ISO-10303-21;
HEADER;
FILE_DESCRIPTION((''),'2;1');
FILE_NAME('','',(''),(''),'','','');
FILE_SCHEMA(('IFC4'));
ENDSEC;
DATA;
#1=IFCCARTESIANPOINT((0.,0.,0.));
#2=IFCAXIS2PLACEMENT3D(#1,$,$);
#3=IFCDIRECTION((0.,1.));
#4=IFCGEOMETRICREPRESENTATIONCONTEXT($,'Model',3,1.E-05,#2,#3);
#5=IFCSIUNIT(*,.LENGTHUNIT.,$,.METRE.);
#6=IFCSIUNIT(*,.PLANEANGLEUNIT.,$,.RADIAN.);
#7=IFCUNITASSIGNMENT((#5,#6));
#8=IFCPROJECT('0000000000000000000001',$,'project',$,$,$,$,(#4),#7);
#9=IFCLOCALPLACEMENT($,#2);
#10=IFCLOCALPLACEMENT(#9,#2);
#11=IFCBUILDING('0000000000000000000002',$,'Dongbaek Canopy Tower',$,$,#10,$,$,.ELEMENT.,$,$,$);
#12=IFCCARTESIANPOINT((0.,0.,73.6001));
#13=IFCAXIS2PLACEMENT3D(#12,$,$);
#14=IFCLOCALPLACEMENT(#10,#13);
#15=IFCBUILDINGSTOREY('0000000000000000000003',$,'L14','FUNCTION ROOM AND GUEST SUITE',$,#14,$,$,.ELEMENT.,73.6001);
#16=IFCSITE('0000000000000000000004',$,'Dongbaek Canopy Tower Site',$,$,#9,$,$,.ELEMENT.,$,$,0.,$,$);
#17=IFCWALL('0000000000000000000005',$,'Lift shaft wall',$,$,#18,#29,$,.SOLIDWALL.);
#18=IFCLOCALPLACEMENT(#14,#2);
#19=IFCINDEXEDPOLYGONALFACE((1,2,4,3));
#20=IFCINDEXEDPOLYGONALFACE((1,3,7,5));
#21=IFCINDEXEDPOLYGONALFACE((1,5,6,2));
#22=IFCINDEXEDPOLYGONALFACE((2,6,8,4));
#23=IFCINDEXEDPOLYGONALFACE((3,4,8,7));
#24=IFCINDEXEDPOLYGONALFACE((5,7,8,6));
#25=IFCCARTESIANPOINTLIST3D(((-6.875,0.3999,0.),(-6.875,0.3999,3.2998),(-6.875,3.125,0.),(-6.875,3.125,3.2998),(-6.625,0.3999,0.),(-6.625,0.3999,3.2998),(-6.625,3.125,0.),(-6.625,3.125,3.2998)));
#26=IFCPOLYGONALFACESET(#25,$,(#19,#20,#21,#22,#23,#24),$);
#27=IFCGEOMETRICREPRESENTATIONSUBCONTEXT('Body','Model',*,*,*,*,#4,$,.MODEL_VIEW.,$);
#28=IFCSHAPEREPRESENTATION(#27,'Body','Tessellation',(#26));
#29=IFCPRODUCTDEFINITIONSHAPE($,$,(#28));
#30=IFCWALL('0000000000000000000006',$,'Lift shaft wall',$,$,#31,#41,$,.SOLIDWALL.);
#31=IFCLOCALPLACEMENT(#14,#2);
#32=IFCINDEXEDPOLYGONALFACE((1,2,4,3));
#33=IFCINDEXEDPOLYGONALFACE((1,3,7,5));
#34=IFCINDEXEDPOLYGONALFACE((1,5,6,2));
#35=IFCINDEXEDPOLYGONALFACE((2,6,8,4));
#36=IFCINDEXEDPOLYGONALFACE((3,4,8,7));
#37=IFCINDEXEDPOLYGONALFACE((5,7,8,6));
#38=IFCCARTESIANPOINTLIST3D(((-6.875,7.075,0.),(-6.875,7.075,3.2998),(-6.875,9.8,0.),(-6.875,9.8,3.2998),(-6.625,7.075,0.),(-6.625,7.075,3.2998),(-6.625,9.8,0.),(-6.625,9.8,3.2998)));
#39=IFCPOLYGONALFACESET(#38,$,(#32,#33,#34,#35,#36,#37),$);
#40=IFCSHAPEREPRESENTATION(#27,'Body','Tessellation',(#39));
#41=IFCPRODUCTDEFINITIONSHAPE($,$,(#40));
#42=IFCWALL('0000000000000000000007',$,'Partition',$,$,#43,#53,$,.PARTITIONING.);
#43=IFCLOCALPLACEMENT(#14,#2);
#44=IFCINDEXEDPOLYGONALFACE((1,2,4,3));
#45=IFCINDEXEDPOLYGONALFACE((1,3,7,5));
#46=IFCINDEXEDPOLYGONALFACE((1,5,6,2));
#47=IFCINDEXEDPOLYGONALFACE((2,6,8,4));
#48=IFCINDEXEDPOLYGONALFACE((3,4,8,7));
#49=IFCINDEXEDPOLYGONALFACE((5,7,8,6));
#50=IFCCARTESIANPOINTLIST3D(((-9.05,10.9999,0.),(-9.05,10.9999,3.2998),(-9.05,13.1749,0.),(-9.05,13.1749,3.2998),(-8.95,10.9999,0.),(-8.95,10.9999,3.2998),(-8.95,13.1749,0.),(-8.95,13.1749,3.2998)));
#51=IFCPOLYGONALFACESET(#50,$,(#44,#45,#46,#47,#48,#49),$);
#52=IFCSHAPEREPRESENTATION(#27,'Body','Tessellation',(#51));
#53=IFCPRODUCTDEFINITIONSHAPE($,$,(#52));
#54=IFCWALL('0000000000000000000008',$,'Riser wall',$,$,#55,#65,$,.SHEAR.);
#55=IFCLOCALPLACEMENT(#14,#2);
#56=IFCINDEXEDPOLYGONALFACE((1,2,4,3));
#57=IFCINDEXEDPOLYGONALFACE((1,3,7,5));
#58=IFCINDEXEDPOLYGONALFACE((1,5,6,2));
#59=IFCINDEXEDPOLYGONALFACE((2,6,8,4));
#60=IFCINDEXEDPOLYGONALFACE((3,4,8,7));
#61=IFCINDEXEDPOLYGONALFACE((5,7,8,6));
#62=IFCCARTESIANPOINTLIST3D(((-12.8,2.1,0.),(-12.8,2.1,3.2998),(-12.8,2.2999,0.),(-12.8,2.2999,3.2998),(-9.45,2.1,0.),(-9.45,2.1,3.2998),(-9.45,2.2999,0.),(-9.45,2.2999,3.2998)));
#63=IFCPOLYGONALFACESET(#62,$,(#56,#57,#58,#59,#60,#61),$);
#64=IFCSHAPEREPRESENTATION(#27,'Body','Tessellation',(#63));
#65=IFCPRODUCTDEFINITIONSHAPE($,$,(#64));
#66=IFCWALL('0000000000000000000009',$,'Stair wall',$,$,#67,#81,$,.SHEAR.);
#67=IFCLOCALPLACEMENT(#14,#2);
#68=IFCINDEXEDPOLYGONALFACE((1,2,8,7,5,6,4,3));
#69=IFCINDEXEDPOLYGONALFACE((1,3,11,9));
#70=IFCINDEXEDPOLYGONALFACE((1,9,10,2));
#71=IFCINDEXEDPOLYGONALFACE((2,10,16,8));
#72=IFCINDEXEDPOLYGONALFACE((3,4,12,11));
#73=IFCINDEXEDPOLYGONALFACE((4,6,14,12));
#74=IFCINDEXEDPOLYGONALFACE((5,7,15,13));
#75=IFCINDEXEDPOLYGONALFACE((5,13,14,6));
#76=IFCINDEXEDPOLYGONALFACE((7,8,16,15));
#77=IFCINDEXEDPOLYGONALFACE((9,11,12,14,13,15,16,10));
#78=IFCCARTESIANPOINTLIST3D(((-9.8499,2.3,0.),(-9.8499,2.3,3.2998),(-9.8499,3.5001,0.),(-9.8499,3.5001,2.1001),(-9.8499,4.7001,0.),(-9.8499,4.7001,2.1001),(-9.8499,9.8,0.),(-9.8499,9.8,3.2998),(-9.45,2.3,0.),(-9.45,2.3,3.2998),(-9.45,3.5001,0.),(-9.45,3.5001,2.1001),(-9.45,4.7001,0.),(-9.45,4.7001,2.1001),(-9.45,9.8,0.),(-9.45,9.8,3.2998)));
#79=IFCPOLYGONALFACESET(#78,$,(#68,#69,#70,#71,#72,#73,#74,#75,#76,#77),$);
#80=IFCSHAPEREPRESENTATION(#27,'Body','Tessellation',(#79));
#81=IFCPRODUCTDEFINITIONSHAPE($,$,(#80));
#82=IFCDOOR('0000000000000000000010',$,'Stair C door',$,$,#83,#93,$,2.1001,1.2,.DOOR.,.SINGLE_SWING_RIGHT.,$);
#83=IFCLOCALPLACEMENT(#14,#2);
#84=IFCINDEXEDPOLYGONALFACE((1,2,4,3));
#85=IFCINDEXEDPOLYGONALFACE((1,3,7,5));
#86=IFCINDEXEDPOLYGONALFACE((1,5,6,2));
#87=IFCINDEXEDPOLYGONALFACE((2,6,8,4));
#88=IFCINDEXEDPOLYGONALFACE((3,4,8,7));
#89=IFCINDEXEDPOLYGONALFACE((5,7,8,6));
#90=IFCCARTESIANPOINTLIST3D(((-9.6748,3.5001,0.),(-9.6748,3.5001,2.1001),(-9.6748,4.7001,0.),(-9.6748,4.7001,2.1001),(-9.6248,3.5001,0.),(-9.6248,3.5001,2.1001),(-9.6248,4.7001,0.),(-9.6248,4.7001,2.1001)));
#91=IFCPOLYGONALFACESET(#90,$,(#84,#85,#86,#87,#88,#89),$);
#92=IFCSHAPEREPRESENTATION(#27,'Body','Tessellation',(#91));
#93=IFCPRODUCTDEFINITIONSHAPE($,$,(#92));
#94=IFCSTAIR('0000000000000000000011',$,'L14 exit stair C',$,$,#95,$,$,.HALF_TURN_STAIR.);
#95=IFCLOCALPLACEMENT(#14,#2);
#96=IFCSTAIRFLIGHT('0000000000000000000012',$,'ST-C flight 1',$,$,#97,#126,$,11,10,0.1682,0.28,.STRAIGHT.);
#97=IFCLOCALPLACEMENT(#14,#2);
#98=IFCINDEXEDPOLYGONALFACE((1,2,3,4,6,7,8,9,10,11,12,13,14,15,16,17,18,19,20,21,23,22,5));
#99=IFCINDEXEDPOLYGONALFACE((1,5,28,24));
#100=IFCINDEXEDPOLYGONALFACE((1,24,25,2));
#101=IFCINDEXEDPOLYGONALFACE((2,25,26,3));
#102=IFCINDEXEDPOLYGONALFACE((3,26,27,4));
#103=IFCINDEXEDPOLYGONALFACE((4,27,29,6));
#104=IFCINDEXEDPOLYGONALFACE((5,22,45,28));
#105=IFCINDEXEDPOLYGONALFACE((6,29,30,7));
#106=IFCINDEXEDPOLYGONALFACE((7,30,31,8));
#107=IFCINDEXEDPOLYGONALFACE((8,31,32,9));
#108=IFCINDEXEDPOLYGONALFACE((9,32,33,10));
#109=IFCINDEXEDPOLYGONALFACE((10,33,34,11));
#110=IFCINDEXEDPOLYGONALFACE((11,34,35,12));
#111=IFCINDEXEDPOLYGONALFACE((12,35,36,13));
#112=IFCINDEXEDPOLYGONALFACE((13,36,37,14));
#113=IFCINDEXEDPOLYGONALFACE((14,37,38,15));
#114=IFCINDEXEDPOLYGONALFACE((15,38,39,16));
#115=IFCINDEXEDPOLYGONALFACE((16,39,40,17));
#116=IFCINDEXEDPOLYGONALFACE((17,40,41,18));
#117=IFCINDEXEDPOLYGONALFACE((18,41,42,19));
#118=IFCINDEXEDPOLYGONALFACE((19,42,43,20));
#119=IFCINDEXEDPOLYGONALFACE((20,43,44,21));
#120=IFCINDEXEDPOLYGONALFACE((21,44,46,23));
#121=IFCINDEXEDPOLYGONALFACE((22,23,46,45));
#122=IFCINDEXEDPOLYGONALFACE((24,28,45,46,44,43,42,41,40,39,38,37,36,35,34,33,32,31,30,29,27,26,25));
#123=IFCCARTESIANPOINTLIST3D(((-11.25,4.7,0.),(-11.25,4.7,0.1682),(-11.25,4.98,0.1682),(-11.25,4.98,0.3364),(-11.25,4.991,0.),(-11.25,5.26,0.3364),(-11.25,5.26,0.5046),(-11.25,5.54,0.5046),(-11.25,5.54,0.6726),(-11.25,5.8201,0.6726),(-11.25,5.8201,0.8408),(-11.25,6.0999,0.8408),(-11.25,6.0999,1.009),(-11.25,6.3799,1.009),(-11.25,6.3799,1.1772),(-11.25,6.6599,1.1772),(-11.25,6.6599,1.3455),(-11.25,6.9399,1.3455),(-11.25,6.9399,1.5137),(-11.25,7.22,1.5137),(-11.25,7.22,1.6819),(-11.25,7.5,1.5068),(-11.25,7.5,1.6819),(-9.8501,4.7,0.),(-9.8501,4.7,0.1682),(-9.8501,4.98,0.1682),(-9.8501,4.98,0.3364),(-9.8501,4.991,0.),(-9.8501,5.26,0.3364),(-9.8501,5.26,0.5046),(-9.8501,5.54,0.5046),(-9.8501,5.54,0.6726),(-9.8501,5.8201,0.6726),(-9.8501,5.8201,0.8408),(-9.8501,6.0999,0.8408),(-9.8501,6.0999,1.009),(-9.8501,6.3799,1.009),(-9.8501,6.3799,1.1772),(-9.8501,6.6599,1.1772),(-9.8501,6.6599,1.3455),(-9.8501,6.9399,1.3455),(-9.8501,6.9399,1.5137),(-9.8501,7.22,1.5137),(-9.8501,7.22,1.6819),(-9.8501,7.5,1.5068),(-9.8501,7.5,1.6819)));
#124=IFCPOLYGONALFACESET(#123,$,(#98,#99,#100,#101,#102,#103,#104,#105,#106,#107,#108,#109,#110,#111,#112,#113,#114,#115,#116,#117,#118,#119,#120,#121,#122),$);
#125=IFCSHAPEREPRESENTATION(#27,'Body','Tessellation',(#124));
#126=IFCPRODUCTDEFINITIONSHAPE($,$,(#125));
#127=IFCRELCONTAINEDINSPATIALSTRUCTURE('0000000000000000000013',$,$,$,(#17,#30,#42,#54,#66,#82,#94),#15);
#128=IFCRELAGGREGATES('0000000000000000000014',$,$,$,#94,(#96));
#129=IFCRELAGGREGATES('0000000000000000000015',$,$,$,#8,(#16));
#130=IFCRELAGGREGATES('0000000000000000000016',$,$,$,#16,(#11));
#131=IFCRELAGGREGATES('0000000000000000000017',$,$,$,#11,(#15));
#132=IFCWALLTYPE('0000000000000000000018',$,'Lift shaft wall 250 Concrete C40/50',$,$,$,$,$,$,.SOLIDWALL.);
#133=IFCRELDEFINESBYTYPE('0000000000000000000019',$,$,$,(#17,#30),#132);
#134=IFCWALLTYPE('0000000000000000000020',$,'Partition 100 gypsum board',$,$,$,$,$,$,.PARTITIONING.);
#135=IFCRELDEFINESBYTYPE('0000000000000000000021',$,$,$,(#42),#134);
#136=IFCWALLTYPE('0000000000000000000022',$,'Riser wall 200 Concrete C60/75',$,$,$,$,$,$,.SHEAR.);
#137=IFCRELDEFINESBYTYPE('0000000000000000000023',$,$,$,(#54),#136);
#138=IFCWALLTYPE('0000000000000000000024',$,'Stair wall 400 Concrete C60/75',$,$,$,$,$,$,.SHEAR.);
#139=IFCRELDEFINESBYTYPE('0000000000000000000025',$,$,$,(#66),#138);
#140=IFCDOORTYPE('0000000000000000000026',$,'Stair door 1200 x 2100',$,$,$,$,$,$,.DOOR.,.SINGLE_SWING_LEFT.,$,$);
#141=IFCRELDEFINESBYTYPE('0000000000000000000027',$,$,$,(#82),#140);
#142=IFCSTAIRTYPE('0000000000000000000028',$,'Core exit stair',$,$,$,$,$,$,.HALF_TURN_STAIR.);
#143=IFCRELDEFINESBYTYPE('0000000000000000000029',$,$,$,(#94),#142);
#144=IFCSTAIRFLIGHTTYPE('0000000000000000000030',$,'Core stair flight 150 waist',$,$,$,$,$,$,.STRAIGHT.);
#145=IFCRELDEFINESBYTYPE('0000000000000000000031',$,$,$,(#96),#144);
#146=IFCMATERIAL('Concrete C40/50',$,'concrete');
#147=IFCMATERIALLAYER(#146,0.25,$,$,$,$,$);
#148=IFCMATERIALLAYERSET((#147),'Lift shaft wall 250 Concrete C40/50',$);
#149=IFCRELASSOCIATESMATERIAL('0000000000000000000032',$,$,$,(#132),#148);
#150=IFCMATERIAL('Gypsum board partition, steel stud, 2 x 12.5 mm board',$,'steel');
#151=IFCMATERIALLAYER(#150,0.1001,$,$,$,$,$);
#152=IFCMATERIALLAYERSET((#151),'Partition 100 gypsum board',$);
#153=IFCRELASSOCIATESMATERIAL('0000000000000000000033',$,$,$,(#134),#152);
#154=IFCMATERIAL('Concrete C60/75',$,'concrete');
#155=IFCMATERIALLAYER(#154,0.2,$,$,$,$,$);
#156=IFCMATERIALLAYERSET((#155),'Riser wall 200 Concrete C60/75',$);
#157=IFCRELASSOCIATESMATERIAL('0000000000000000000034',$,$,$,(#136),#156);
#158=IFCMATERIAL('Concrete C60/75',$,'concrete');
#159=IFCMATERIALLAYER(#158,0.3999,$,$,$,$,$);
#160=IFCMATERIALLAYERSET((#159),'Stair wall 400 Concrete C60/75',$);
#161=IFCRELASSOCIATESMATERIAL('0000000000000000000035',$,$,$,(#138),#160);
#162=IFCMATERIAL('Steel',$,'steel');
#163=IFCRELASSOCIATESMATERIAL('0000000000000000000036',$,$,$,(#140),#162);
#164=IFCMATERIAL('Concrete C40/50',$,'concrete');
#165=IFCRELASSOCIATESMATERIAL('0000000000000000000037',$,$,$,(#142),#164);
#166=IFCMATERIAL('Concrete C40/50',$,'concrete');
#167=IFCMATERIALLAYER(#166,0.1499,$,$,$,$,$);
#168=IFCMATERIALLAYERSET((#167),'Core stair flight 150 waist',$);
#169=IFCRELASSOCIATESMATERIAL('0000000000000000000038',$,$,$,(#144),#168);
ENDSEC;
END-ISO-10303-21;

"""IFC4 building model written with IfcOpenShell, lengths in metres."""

from ifc_helpers import new_model, si_unit, direction, frame, frame_2d, origin, place, context, subcontext, project, spatial, polyline, rectangle, outline, extrude, material, layer, layer_set, type_object, element, fill, aggregate, save


model = new_model("IFC4")

# Units and contexts
model_context = context("Model", 3, precision=1e-05, world=origin(), true_north=direction((0.0, 1.0)))
body_context = subcontext(model_context, "Body", "Model", "MODEL_VIEW")
ifc_project = project(units=[si_unit("LENGTHUNIT", "METRE"), si_unit("PLANEANGLEUNIT", "RADIAN")], contexts=[model_context])

# Site, building, storey
site_placement = place(None, origin())
site = spatial("IfcSite", under=ifc_project, at=site_placement, Name="Dongbaek Canopy Tower Site", CompositionType="ELEMENT", RefElevation=0.0)
building_placement = place(site_placement, origin())
building = spatial("IfcBuilding", under=site, at=building_placement, Name="Dongbaek Canopy Tower", CompositionType="ELEMENT")
storey_placement = place(building_placement, frame((0.0, 0.0, 73.6001)))
storey = spatial("IfcBuildingStorey", under=building, at=storey_placement, Name="L14", Description="FUNCTION ROOM AND GUEST SUITE", CompositionType="ELEMENT", Elevation=73.6001)

# Walls
ifc_material_1 = material(Name="Concrete C40/50", Category="concrete")
ifc_layer_1 = layer(ifc_material_1, 0.25)
ifc_layer_set_1 = layer_set([ifc_layer_1], Name="Lift shaft wall 250 Concrete C40/50")
wall_type_1 = type_object("IfcWallType", Name="Lift shaft wall 250 Concrete C40/50", PredefinedType="SOLIDWALL", material=ifc_layer_set_1)
for number, where, z_axis, x_axis, name in (
    (1, (-6.75, 0.3999, 0.0), (0.0, 0.0, 1.0), (0.0, 1.0, 0.0), "Lift shaft wall"),
    (2, (-6.75, 7.075, 0.0), (0.0, 0.0, 1.0), (0.0, 1.0, 0.0), "Lift shaft wall"),
):
    element("IfcWall", number, at=place(storey_placement, frame(where, z_axis=z_axis, x_axis=x_axis)), inside=storey, type_object=wall_type_1, Name=name, PredefinedType="SOLIDWALL", context=body_context, shape_type="SweptSolid", body=[
        extrude(rectangle(XDim=2.7251, YDim=0.25, at=frame_2d((1.3625, 0.0))), origin(), (0.0, 0.0, 1.0), 3.2998),
    ])
ifc_material_2 = material(Name="Gypsum board partition, steel stud, 2 x 12.5 mm board", Category="steel")
ifc_layer_2 = layer(ifc_material_2, 0.1001)
ifc_layer_set_2 = layer_set([ifc_layer_2], Name="Partition 100 gypsum board")
wall_type_2 = type_object("IfcWallType", Name="Partition 100 gypsum board", PredefinedType="PARTITIONING", material=ifc_layer_set_2)
wall_1_placement = place(storey_placement, frame((-9.0, 11.0, 0.0), z_axis=(0.0, 0.0, 1.0), x_axis=(0.0, 1.0, 0.0)))
element("IfcWall", 3, at=wall_1_placement, inside=storey, type_object=wall_type_2, Name="Partition", PredefinedType="PARTITIONING", context=body_context, shape_type="SweptSolid", body=[
    extrude(rectangle(XDim=2.175, YDim=0.1001, at=frame_2d((1.0874, 0.0))), origin(), (0.0, 0.0, 1.0), 3.2998),
])
ifc_material_3 = material(Name="Concrete C60/75", Category="concrete")
ifc_layer_3 = layer(ifc_material_3, 0.2)
ifc_layer_set_3 = layer_set([ifc_layer_3], Name="Riser wall 200 Concrete C60/75")
wall_type_3 = type_object("IfcWallType", Name="Riser wall 200 Concrete C60/75", PredefinedType="SHEAR", material=ifc_layer_set_3)
wall_2_placement = place(storey_placement, frame((-9.45, 2.2, 0.0), z_axis=(0.0, 0.0, 1.0), x_axis=(-1.0, 0.0, 0.0)))
element("IfcWall", 4, at=wall_2_placement, inside=storey, type_object=wall_type_3, Name="Riser wall", PredefinedType="SHEAR", context=body_context, shape_type="SweptSolid", body=[
    extrude(rectangle(XDim=3.3501, YDim=0.2, at=frame_2d((1.675, 0.0))), origin(), (0.0, 0.0, 1.0), 3.2998),
])

# Wall, opening, door
ifc_material_4 = material(Name="Concrete C60/75", Category="concrete")
ifc_layer_4 = layer(ifc_material_4, 0.3999)
ifc_layer_set_4 = layer_set([ifc_layer_4], Name="Stair wall 400 Concrete C60/75")
wall_type_4 = type_object("IfcWallType", Name="Stair wall 400 Concrete C60/75", PredefinedType="SHEAR", material=ifc_layer_set_4)
wall_3_placement = place(storey_placement, frame((-9.6499, 2.3, 0.0), z_axis=(0.0, 0.0, 1.0), x_axis=(0.0, 1.0, 0.0)))
wall_3 = element("IfcWall", 5, at=wall_3_placement, inside=storey, type_object=wall_type_4, Name="Stair wall", PredefinedType="SHEAR", context=body_context, shape_type="SweptSolid", body=[
    extrude(rectangle(XDim=7.5, YDim=0.3999, at=frame_2d((3.75, 0.0))), origin(), (0.0, 0.0, 1.0), 3.2998),
])
opening_1_placement = place(wall_3_placement, frame((1.2, 0.0, 0.0)))
opening_1 = element("IfcOpeningElement", 6, at=opening_1_placement, cuts=wall_3, PredefinedType="OPENING", context=body_context, shape_type="SweptSolid", body=[
    extrude(rectangle(XDim=1.2, YDim=2.1001, at=frame_2d((0.6001, 1.05))), frame((0.0, 0.21, 0.0), z_axis=(0.0, -1.0, 0.0), x_axis=(1.0, 0.0, 0.0)), (0.0, 0.0, 1.0), 0.4199),
])
ifc_material_5 = material(Name="Steel", Category="steel")
door_type_1 = type_object("IfcDoorType", Name="Stair door 1200 x 2100", OperationType="SINGLE_SWING_LEFT", PredefinedType="DOOR", material=ifc_material_5)
door_1_placement = place(opening_1_placement, origin())
door_1 = element("IfcDoor", 7, at=door_1_placement, inside=storey, type_object=door_type_1, Name="Stair C door", OperationType="SINGLE_SWING_RIGHT", OverallHeight=2.1001, OverallWidth=1.2, PredefinedType="DOOR", context=body_context, shape_type="SweptSolid", body=[
    extrude(rectangle(XDim=1.2, YDim=2.1001, at=frame_2d((0.6001, 1.05))), frame((0.0, 0.0249, 0.0), z_axis=(0.0, -1.0, 0.0), x_axis=(1.0, 0.0, 0.0)), (0.0, 0.0, 1.0), 0.05),
])
fill(opening_1, door_1)

# Stair, stair flight
ifc_material_6 = material(Name="Concrete C40/50", Category="concrete")
stair_type = type_object("IfcStairType", Name="Core exit stair", PredefinedType="HALF_TURN_STAIR", material=ifc_material_6)
stair_placement = place(storey_placement, origin())
stair = element("IfcStair", 8, at=stair_placement, inside=storey, type_object=stair_type, Name="L14 exit stair C", PredefinedType="HALF_TURN_STAIR")
ifc_material_7 = material(Name="Concrete C40/50", Category="concrete")
ifc_layer_5 = layer(ifc_material_7, 0.1499)
ifc_layer_set_5 = layer_set([ifc_layer_5], Name="Core stair flight 150 waist")
stair_flight_type = type_object("IfcStairFlightType", Name="Core stair flight 150 waist", PredefinedType="STRAIGHT", material=ifc_layer_set_5)
stair_flight_placement = place(storey_placement, frame((-10.55, 4.7, 0.0), z_axis=(0.0, 0.0, 1.0), x_axis=(0.0, 1.0, 0.0)))
stair_flight = element("IfcStairFlight", 9, at=stair_flight_placement, type_object=stair_flight_type, Name="ST-C flight 1", NumberOfRisers=11, NumberOfTreads=10, PredefinedType="STRAIGHT", RiserHeight=0.1682, TreadLength=0.28, context=body_context, shape_type="SweptSolid", body=[
    extrude(outline(polyline([(0.0, 0.0), (0.0, 0.1682), (0.28, 0.1682), (0.28, 0.3364), (0.5601, 0.3364), (0.5601, 0.5046), (0.8401, 0.5046), (0.8401, 0.6726), (1.1201, 0.6726), (1.1201, 0.8408), (1.3999, 0.8408), (1.3999, 1.009), (1.6799, 1.009), (1.6799, 1.1772), (1.96, 1.1772), (1.96, 1.3455), (2.24, 1.3455), (2.24, 1.5137), (2.52, 1.5137), (2.52, 1.6819), (2.8, 1.6819), (2.8, 1.8501), (2.8, 1.5068), (0.291, 0.0), (0.0, 0.0)])), frame((0.0, 0.7, 0.0), z_axis=(0.0, -1.0, 0.0), x_axis=(1.0, 0.0, 0.0)), (0.0, 0.0, 1.0), 1.3999),
])
aggregate(stair, [stair_flight])

save(model, "model.ifc")
